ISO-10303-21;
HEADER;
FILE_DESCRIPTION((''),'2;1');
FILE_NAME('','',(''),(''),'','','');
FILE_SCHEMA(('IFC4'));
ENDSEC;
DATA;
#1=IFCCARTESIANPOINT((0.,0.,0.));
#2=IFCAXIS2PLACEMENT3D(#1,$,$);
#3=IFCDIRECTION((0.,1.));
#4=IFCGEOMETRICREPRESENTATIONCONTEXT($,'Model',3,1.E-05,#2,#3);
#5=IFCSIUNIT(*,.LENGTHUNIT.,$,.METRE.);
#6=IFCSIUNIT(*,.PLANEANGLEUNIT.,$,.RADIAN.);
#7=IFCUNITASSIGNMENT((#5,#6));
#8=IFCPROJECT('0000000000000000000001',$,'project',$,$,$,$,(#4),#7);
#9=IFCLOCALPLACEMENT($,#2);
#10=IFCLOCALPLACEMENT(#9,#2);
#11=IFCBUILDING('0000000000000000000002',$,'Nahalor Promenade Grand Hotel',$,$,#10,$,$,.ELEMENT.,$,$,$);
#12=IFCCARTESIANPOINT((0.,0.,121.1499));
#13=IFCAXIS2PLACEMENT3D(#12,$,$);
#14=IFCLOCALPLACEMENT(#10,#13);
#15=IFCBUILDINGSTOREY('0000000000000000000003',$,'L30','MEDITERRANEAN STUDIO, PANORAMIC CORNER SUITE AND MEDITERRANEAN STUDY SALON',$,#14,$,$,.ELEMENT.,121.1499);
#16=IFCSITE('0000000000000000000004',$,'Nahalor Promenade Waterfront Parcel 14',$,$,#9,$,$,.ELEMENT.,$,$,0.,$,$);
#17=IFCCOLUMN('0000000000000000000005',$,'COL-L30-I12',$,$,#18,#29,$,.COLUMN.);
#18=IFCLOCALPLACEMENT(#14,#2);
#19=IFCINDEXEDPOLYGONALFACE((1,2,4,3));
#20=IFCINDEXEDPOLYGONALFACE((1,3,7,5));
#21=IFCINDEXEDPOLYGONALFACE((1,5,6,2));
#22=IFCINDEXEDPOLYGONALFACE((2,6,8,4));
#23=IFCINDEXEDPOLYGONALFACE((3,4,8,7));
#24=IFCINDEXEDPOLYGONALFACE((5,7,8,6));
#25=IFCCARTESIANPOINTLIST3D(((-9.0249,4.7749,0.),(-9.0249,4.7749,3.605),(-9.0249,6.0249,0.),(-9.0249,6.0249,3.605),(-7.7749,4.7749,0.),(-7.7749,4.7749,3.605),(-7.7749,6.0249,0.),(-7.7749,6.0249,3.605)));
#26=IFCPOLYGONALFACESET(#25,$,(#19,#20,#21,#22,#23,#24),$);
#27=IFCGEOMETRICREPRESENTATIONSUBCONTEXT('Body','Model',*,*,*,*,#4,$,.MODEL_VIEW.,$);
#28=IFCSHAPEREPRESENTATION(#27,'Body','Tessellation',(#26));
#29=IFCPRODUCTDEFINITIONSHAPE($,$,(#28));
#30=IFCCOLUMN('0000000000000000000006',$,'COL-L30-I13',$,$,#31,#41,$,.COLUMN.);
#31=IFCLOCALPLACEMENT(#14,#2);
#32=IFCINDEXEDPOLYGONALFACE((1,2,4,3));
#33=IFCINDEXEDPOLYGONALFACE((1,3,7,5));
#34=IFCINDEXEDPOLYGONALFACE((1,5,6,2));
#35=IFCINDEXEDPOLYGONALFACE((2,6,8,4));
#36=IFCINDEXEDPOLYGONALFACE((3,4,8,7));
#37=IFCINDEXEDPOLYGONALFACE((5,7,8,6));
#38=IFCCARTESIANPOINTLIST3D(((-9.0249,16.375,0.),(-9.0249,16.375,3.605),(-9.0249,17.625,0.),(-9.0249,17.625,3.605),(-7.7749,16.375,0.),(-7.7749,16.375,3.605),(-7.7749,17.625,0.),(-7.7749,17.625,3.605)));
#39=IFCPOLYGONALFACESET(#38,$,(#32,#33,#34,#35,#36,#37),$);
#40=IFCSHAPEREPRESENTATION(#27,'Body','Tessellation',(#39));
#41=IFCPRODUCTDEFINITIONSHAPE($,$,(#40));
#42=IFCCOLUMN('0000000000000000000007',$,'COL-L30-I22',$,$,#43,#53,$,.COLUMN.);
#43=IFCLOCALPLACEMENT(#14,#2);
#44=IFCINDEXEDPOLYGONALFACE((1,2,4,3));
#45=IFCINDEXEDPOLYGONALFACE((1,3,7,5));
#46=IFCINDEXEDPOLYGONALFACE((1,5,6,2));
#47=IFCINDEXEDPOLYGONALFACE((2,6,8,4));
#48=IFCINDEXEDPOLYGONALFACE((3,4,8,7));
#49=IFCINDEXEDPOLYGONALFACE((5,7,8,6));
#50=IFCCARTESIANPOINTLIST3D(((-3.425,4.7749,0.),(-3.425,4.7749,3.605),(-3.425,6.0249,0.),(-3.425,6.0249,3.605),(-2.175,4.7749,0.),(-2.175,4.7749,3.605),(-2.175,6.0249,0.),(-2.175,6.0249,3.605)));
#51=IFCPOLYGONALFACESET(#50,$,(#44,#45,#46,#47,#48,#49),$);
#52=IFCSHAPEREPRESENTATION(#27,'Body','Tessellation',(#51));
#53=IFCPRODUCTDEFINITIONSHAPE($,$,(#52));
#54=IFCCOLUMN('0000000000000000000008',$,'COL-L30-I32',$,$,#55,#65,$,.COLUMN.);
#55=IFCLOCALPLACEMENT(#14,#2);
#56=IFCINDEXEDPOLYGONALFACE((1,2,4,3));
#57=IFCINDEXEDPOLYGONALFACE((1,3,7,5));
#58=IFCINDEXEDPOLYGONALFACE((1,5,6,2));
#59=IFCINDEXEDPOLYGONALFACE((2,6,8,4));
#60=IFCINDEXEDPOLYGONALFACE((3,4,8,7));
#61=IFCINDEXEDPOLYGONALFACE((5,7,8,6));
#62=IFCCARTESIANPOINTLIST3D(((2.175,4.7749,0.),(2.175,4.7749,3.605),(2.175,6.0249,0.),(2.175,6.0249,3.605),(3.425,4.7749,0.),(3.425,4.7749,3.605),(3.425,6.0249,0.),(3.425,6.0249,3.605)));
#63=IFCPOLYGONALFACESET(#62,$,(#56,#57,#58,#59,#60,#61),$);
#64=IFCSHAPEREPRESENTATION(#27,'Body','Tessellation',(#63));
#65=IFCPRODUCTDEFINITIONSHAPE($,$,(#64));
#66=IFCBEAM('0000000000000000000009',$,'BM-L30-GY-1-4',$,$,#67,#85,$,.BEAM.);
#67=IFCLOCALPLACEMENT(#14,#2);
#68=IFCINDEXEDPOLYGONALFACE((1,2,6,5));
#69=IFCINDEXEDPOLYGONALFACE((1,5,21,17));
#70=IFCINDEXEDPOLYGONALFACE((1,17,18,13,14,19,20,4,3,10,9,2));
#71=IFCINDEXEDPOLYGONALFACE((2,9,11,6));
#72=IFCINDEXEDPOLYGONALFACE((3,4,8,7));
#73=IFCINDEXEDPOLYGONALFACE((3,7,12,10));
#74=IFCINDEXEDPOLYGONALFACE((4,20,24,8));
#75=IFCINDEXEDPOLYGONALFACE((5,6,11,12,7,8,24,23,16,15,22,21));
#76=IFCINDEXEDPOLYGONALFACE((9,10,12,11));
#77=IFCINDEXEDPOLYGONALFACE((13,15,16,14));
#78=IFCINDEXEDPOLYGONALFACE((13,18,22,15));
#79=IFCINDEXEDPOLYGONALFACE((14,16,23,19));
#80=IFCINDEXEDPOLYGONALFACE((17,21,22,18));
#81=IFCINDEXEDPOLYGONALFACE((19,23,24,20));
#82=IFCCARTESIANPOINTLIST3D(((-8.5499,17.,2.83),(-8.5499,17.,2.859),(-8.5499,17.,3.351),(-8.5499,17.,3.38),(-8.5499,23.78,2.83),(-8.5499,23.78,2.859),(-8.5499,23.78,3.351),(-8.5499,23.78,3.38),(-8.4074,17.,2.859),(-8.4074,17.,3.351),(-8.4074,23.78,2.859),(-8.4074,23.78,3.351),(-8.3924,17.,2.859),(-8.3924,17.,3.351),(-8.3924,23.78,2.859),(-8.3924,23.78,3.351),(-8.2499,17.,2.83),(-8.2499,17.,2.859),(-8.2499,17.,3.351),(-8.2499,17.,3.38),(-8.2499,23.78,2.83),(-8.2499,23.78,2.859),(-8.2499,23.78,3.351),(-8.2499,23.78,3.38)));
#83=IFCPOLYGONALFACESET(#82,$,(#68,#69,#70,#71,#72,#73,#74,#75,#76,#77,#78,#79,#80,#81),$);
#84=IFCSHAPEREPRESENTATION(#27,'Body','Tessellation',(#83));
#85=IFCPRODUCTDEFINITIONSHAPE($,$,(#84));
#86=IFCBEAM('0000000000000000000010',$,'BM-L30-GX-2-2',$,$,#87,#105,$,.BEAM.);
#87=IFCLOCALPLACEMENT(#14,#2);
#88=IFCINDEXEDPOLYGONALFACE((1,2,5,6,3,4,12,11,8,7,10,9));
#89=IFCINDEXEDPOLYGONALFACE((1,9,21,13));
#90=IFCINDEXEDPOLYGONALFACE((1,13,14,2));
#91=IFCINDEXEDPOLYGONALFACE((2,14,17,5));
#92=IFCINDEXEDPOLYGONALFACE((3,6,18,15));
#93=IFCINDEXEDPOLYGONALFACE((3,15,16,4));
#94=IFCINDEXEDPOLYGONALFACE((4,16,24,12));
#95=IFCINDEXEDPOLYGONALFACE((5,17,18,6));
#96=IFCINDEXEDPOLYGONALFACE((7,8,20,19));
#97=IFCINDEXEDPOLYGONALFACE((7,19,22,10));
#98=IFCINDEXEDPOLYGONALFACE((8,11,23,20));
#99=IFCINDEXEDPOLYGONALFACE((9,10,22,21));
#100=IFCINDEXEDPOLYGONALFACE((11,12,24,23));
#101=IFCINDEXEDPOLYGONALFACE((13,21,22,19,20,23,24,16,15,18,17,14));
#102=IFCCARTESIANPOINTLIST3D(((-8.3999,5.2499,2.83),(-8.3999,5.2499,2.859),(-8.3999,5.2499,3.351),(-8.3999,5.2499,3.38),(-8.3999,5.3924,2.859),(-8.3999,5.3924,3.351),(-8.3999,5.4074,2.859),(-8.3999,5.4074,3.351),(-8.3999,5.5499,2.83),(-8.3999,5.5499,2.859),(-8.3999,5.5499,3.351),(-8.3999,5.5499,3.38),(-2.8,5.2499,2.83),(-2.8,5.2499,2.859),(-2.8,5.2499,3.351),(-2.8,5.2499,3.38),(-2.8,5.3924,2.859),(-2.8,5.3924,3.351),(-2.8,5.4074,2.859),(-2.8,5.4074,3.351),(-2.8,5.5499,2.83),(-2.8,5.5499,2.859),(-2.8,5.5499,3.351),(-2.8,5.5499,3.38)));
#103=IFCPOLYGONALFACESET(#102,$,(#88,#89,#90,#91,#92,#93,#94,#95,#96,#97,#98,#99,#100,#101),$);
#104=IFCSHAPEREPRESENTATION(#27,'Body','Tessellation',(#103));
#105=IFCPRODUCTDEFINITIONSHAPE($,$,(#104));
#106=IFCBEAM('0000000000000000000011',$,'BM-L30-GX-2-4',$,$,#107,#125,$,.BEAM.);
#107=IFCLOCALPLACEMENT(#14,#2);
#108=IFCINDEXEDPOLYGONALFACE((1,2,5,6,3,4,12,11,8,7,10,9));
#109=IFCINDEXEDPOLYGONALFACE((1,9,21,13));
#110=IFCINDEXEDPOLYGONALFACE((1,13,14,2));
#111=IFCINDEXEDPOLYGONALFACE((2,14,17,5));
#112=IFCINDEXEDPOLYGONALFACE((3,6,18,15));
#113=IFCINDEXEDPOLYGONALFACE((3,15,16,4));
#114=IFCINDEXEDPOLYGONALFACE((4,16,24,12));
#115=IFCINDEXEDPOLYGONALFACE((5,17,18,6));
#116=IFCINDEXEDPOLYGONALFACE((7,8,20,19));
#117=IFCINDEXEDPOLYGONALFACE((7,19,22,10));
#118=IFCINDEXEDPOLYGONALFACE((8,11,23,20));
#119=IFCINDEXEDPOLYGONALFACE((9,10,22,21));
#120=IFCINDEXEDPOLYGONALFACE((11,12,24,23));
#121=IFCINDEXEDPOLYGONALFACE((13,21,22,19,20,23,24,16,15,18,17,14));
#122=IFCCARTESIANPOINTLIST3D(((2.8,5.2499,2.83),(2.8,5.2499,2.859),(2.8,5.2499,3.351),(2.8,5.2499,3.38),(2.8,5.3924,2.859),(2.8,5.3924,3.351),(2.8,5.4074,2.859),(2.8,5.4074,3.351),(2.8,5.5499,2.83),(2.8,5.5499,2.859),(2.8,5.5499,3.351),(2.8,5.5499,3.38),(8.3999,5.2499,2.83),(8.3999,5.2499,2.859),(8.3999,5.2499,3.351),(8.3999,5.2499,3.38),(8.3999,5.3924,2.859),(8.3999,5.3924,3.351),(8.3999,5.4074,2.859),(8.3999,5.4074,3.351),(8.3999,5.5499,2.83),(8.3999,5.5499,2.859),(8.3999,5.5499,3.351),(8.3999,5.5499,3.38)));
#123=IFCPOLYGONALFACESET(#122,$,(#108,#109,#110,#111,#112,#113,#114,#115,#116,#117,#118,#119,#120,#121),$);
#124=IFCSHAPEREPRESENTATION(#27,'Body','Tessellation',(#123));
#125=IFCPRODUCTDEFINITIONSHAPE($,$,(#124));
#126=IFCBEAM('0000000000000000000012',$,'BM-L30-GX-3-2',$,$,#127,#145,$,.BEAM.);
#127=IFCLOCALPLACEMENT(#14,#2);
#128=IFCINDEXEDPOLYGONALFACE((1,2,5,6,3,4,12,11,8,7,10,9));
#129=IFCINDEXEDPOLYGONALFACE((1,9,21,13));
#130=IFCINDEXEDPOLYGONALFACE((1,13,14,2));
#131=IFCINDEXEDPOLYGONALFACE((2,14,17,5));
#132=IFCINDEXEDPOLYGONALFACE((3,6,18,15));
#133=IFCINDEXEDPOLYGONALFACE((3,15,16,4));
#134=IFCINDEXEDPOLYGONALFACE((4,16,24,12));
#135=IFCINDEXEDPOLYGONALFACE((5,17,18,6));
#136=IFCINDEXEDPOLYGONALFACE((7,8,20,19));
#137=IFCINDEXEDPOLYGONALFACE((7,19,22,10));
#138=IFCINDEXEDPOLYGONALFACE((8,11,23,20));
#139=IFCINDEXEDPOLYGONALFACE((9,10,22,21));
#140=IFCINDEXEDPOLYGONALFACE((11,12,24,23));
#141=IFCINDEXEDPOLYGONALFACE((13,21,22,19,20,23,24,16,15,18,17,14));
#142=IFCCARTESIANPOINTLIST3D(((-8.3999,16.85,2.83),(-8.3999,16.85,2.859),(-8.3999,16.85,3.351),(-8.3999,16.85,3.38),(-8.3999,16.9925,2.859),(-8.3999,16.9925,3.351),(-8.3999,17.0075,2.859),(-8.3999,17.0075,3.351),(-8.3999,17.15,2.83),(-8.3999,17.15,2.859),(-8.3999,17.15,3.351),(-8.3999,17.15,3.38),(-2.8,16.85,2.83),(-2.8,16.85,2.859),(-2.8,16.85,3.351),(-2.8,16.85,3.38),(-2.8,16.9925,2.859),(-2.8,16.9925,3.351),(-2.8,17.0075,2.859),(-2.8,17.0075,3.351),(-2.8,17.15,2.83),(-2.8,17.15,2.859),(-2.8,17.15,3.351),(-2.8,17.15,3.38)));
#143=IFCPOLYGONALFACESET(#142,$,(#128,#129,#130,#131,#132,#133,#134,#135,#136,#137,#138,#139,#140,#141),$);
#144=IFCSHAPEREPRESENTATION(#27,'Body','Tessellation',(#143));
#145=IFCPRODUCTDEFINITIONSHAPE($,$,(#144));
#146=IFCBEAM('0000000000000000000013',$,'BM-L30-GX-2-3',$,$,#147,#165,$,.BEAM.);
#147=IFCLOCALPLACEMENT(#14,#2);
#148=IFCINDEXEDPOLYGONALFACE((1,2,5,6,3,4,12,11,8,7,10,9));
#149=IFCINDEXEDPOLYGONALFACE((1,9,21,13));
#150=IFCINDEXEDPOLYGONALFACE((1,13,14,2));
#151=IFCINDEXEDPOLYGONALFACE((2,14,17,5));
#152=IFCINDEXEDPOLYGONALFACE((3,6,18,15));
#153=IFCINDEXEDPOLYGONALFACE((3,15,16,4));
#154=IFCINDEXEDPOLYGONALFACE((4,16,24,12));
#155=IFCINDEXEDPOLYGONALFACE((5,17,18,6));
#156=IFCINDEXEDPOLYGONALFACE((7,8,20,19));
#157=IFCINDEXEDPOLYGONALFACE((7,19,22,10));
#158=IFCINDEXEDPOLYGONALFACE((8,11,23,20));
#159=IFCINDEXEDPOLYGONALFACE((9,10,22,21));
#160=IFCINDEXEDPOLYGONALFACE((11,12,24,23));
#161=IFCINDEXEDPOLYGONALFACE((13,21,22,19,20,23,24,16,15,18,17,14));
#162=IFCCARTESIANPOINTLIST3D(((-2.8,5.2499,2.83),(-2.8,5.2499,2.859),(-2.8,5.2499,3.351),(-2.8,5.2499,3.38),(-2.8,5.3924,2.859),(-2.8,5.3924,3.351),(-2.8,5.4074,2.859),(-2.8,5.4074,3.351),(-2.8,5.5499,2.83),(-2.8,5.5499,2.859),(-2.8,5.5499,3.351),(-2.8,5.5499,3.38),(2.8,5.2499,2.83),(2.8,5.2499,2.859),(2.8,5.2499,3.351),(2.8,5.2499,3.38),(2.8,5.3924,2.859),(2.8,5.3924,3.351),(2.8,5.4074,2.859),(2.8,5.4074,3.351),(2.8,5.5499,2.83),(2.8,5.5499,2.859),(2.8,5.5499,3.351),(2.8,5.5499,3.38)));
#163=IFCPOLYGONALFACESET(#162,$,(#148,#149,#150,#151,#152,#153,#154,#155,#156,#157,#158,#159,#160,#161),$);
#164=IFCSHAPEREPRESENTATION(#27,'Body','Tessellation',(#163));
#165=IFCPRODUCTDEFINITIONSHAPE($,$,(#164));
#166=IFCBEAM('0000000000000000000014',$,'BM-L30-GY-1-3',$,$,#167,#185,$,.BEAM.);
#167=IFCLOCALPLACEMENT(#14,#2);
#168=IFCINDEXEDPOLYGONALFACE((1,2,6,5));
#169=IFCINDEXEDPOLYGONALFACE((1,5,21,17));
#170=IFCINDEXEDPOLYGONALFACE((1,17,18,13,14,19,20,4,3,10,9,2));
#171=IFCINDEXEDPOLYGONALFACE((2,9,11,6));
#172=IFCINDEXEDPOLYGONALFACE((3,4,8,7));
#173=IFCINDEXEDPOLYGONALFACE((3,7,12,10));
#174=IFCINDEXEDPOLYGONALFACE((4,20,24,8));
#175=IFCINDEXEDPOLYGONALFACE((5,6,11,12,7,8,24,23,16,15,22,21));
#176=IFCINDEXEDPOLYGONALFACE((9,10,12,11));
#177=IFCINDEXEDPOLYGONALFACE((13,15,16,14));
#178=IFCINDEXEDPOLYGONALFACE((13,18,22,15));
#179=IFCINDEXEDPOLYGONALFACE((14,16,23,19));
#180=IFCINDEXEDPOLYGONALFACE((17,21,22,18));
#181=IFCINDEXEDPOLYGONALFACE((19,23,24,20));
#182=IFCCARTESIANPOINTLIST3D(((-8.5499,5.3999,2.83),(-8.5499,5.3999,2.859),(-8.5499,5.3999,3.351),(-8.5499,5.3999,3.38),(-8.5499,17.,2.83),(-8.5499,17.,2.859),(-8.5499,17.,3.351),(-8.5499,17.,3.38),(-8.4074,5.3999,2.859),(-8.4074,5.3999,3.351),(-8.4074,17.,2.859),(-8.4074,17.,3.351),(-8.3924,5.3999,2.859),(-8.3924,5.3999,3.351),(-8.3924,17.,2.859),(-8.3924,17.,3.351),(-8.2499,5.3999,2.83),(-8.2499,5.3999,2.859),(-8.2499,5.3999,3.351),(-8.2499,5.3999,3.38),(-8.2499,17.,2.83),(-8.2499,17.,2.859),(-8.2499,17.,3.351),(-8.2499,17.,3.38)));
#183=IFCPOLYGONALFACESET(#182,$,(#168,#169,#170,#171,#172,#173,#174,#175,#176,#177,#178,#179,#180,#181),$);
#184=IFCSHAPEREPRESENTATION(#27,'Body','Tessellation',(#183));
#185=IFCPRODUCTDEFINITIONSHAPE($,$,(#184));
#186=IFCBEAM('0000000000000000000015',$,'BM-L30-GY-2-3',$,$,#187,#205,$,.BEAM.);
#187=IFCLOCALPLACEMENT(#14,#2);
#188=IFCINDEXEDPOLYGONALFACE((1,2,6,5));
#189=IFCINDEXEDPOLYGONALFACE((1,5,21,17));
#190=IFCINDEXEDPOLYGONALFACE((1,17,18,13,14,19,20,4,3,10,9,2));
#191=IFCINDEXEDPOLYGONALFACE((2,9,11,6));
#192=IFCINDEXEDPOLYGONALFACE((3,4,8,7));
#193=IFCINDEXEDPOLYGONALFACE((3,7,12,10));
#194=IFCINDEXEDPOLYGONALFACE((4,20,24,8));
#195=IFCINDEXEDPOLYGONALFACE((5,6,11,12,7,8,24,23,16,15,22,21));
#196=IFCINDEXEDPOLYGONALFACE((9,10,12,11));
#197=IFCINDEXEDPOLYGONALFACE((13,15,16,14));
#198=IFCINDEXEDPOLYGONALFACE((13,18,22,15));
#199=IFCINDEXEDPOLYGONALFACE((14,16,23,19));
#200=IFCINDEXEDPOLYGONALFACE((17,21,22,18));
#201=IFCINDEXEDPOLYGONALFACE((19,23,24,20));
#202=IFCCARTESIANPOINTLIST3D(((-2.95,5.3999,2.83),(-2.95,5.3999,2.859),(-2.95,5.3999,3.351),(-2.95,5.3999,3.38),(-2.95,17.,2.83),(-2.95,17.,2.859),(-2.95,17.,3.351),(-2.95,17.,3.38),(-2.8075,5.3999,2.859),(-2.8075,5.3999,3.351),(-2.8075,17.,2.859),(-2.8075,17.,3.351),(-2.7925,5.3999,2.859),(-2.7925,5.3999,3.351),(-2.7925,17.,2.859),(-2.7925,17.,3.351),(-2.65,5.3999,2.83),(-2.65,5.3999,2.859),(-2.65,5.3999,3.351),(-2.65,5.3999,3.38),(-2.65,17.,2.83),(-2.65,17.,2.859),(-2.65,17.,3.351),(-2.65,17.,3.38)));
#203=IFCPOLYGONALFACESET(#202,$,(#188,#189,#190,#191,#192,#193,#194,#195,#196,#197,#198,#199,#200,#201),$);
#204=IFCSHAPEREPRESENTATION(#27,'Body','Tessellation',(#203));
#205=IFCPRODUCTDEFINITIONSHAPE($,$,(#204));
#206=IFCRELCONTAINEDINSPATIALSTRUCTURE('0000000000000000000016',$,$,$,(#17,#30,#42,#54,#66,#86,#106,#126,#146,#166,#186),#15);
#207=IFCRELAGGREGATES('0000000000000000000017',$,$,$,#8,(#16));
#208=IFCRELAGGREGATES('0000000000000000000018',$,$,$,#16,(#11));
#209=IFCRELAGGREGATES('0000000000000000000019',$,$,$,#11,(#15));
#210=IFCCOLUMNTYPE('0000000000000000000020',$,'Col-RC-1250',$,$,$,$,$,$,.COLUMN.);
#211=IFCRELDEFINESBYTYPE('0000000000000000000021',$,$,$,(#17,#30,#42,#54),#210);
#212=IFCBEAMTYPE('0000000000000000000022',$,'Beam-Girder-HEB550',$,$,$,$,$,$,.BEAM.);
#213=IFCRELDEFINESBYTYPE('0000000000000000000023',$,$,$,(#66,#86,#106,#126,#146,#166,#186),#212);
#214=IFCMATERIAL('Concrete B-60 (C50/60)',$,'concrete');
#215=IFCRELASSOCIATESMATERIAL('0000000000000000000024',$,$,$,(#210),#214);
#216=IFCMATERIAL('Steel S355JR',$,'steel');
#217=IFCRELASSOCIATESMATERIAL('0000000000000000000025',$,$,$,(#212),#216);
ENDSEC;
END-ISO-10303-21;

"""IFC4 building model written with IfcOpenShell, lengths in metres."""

from ifc_helpers import new_model, si_unit, direction, frame, origin, origin_2d, place, context, subcontext, project, spatial, rectangle, i_section, extrude, source, transform, mapped, material, material_profile, profile_set, type_object, element, save


model = new_model("IFC4")

# Units and contexts
model_context = context("Model", 3, precision=1e-05, world=origin(), true_north=direction((0.0, 1.0)))
body_context = subcontext(model_context, "Body", "Model", "MODEL_VIEW")
ifc_project = project(units=[si_unit("LENGTHUNIT", "METRE"), si_unit("PLANEANGLEUNIT", "RADIAN")], contexts=[model_context])

# Site, building, storey
site_placement = place(None, origin())
site = spatial("IfcSite", under=ifc_project, at=site_placement, Name="Nahalor Promenade Waterfront Parcel 14", CompositionType="ELEMENT", RefElevation=0.0)
building_placement = place(site_placement, origin())
building = spatial("IfcBuilding", under=site, at=building_placement, Name="Nahalor Promenade Grand Hotel", CompositionType="ELEMENT")
storey_placement = place(building_placement, frame((0.0, 0.0, 121.1499)))
storey = spatial("IfcBuildingStorey", under=building, at=storey_placement, Name="L30", Description="MEDITERRANEAN STUDIO, PANORAMIC CORNER SUITE AND MEDITERRANEAN STUDY SALON", CompositionType="ELEMENT", Elevation=121.1499)

# Columns
ifc_material_1 = material(Name="Concrete B-60 (C50/60)", Category="concrete")
ifc_material_profile_1 = material_profile(ifc_material_1, rectangle(XDim=1.25, YDim=1.25, at=origin_2d()), Name="RC 1250x1250")
ifc_profile_set_1 = profile_set([ifc_material_profile_1], Name="Concrete B-60 (C50/60)")
column_type = type_object("IfcColumnType", Name="Col-RC-1250", PredefinedType="COLUMN", material=ifc_profile_set_1)
shared_shape_1 = source(origin(), body_context, "Body", "SweptSolid", [
    extrude(rectangle(XDim=1.25, YDim=1.25, at=origin_2d()), origin(), (0.0, 0.0, 1.0), 3.605),
])
for number, where, z_axis, x_axis, name in (
    (1, (-8.3999, 5.3999, 0.0), (0.0, 0.0, 1.0), (1.0, 0.0, 0.0), "COL-L30-I12"),
    (2, (-8.3999, 17.0, 0.0), (0.0, 0.0, 1.0), (1.0, 0.0, 0.0), "COL-L30-I13"),
    (3, (-2.8, 5.3999, 0.0), (0.0, 0.0, 1.0), (1.0, 0.0, 0.0), "COL-L30-I22"),
    (4, (2.8, 5.3999, 0.0), (0.0, 0.0, 1.0), (1.0, 0.0, 0.0), "COL-L30-I32"),
):
    element("IfcColumn", number, at=place(storey_placement, frame(where, z_axis=z_axis, x_axis=x_axis)), inside=storey, type_object=column_type, Name=name, PredefinedType="COLUMN", context=body_context, shape_type="MappedRepresentation", body=[
        mapped(shared_shape_1, transform((0.0, 0.0, 0.0), scale=1.0)),
    ])

# Beams
ifc_material_2 = material(Name="Steel S355JR", Category="steel")
ifc_material_profile_2 = material_profile(ifc_material_2, i_section(OverallWidth=0.3, OverallDepth=0.55, WebThickness=0.015, FlangeThickness=0.029, at=origin_2d()), Name="HEB 550")
ifc_profile_set_2 = profile_set([ifc_material_profile_2], Name="Steel S355JR")
beam_type_1 = type_object("IfcBeamType", Name="Beam-Girder-HEB550", PredefinedType="BEAM", material=ifc_profile_set_2)
shared_shape_2 = source(origin(), body_context, "Body", "SweptSolid", [
    extrude(i_section(OverallWidth=0.3, OverallDepth=0.55, WebThickness=0.015, FlangeThickness=0.029, at=origin_2d()), origin(), (0.0, 0.0, 1.0), 6.78),
])
beam_1_placement = place(storey_placement, frame((-8.3999, 17.0, 3.105), z_axis=(0.0, 1.0, 0.0), x_axis=(-1.0, 0.0, 0.0)))
element("IfcBeam", 5, at=beam_1_placement, inside=storey, type_object=beam_type_1, Name="BM-L30-GY-1-4", PredefinedType="BEAM", context=body_context, shape_type="MappedRepresentation", body=[
    mapped(shared_shape_2, transform((0.0, 0.0, 0.0), scale=1.0)),
])
shared_shape_3 = source(origin(), body_context, "Body", "SweptSolid", [
    extrude(i_section(OverallWidth=0.3, OverallDepth=0.55, WebThickness=0.015, FlangeThickness=0.029, at=origin_2d()), origin(), (0.0, 0.0, 1.0), 5.5999),
])
for number, where, z_axis, x_axis, name in (
    (6, (-8.3999, 5.3999, 3.105), (1.0, 0.0, 0.0), (0.0, 1.0, 0.0), "BM-L30-GX-2-2"),
    (7, (2.8, 5.3999, 3.105), (1.0, 0.0, 0.0), (0.0, 1.0, 0.0), "BM-L30-GX-2-4"),
    (8, (-8.3999, 17.0, 3.105), (1.0, 0.0, 0.0), (0.0, 1.0, 0.0), "BM-L30-GX-3-2"),
):
    element("IfcBeam", number, at=place(storey_placement, frame(where, z_axis=z_axis, x_axis=x_axis)), inside=storey, type_object=beam_type_1, Name=name, PredefinedType="BEAM", context=body_context, shape_type="MappedRepresentation", body=[
        mapped(shared_shape_3, transform((0.0, 0.0, 0.0), scale=1.0)),
    ])
shared_shape_4 = source(origin(), body_context, "Body", "SweptSolid", [
    extrude(i_section(OverallWidth=0.3, OverallDepth=0.55, WebThickness=0.015, FlangeThickness=0.029, at=origin_2d()), origin(), (0.0, 0.0, 1.0), 5.6001),
])
beam_2_placement = place(storey_placement, frame((-2.8, 5.3999, 3.105), z_axis=(1.0, 0.0, 0.0), x_axis=(0.0, 1.0, 0.0)))
element("IfcBeam", 9, at=beam_2_placement, inside=storey, type_object=beam_type_1, Name="BM-L30-GX-2-3", PredefinedType="BEAM", context=body_context, shape_type="MappedRepresentation", body=[
    mapped(shared_shape_4, transform((0.0, 0.0, 0.0), scale=1.0)),
])
shared_shape_5 = source(origin(), body_context, "Body", "SweptSolid", [
    extrude(i_section(OverallWidth=0.3, OverallDepth=0.55, WebThickness=0.015, FlangeThickness=0.029, at=origin_2d()), origin(), (0.0, 0.0, 1.0), 11.6001),
])
for number, where, z_axis, x_axis, name in (
    (10, (-8.3999, 5.3999, 3.105), (0.0, 1.0, 0.0), (-1.0, 0.0, 0.0), "BM-L30-GY-1-3"),
    (11, (-2.8, 5.3999, 3.105), (0.0, 1.0, 0.0), (-1.0, 0.0, 0.0), "BM-L30-GY-2-3"),
):
    element("IfcBeam", number, at=place(storey_placement, frame(where, z_axis=z_axis, x_axis=x_axis)), inside=storey, type_object=beam_type_1, Name=name, PredefinedType="BEAM", context=body_context, shape_type="MappedRepresentation", body=[
        mapped(shared_shape_5, transform((0.0, 0.0, 0.0), scale=1.0)),
    ])

save(model, "model.ifc")
